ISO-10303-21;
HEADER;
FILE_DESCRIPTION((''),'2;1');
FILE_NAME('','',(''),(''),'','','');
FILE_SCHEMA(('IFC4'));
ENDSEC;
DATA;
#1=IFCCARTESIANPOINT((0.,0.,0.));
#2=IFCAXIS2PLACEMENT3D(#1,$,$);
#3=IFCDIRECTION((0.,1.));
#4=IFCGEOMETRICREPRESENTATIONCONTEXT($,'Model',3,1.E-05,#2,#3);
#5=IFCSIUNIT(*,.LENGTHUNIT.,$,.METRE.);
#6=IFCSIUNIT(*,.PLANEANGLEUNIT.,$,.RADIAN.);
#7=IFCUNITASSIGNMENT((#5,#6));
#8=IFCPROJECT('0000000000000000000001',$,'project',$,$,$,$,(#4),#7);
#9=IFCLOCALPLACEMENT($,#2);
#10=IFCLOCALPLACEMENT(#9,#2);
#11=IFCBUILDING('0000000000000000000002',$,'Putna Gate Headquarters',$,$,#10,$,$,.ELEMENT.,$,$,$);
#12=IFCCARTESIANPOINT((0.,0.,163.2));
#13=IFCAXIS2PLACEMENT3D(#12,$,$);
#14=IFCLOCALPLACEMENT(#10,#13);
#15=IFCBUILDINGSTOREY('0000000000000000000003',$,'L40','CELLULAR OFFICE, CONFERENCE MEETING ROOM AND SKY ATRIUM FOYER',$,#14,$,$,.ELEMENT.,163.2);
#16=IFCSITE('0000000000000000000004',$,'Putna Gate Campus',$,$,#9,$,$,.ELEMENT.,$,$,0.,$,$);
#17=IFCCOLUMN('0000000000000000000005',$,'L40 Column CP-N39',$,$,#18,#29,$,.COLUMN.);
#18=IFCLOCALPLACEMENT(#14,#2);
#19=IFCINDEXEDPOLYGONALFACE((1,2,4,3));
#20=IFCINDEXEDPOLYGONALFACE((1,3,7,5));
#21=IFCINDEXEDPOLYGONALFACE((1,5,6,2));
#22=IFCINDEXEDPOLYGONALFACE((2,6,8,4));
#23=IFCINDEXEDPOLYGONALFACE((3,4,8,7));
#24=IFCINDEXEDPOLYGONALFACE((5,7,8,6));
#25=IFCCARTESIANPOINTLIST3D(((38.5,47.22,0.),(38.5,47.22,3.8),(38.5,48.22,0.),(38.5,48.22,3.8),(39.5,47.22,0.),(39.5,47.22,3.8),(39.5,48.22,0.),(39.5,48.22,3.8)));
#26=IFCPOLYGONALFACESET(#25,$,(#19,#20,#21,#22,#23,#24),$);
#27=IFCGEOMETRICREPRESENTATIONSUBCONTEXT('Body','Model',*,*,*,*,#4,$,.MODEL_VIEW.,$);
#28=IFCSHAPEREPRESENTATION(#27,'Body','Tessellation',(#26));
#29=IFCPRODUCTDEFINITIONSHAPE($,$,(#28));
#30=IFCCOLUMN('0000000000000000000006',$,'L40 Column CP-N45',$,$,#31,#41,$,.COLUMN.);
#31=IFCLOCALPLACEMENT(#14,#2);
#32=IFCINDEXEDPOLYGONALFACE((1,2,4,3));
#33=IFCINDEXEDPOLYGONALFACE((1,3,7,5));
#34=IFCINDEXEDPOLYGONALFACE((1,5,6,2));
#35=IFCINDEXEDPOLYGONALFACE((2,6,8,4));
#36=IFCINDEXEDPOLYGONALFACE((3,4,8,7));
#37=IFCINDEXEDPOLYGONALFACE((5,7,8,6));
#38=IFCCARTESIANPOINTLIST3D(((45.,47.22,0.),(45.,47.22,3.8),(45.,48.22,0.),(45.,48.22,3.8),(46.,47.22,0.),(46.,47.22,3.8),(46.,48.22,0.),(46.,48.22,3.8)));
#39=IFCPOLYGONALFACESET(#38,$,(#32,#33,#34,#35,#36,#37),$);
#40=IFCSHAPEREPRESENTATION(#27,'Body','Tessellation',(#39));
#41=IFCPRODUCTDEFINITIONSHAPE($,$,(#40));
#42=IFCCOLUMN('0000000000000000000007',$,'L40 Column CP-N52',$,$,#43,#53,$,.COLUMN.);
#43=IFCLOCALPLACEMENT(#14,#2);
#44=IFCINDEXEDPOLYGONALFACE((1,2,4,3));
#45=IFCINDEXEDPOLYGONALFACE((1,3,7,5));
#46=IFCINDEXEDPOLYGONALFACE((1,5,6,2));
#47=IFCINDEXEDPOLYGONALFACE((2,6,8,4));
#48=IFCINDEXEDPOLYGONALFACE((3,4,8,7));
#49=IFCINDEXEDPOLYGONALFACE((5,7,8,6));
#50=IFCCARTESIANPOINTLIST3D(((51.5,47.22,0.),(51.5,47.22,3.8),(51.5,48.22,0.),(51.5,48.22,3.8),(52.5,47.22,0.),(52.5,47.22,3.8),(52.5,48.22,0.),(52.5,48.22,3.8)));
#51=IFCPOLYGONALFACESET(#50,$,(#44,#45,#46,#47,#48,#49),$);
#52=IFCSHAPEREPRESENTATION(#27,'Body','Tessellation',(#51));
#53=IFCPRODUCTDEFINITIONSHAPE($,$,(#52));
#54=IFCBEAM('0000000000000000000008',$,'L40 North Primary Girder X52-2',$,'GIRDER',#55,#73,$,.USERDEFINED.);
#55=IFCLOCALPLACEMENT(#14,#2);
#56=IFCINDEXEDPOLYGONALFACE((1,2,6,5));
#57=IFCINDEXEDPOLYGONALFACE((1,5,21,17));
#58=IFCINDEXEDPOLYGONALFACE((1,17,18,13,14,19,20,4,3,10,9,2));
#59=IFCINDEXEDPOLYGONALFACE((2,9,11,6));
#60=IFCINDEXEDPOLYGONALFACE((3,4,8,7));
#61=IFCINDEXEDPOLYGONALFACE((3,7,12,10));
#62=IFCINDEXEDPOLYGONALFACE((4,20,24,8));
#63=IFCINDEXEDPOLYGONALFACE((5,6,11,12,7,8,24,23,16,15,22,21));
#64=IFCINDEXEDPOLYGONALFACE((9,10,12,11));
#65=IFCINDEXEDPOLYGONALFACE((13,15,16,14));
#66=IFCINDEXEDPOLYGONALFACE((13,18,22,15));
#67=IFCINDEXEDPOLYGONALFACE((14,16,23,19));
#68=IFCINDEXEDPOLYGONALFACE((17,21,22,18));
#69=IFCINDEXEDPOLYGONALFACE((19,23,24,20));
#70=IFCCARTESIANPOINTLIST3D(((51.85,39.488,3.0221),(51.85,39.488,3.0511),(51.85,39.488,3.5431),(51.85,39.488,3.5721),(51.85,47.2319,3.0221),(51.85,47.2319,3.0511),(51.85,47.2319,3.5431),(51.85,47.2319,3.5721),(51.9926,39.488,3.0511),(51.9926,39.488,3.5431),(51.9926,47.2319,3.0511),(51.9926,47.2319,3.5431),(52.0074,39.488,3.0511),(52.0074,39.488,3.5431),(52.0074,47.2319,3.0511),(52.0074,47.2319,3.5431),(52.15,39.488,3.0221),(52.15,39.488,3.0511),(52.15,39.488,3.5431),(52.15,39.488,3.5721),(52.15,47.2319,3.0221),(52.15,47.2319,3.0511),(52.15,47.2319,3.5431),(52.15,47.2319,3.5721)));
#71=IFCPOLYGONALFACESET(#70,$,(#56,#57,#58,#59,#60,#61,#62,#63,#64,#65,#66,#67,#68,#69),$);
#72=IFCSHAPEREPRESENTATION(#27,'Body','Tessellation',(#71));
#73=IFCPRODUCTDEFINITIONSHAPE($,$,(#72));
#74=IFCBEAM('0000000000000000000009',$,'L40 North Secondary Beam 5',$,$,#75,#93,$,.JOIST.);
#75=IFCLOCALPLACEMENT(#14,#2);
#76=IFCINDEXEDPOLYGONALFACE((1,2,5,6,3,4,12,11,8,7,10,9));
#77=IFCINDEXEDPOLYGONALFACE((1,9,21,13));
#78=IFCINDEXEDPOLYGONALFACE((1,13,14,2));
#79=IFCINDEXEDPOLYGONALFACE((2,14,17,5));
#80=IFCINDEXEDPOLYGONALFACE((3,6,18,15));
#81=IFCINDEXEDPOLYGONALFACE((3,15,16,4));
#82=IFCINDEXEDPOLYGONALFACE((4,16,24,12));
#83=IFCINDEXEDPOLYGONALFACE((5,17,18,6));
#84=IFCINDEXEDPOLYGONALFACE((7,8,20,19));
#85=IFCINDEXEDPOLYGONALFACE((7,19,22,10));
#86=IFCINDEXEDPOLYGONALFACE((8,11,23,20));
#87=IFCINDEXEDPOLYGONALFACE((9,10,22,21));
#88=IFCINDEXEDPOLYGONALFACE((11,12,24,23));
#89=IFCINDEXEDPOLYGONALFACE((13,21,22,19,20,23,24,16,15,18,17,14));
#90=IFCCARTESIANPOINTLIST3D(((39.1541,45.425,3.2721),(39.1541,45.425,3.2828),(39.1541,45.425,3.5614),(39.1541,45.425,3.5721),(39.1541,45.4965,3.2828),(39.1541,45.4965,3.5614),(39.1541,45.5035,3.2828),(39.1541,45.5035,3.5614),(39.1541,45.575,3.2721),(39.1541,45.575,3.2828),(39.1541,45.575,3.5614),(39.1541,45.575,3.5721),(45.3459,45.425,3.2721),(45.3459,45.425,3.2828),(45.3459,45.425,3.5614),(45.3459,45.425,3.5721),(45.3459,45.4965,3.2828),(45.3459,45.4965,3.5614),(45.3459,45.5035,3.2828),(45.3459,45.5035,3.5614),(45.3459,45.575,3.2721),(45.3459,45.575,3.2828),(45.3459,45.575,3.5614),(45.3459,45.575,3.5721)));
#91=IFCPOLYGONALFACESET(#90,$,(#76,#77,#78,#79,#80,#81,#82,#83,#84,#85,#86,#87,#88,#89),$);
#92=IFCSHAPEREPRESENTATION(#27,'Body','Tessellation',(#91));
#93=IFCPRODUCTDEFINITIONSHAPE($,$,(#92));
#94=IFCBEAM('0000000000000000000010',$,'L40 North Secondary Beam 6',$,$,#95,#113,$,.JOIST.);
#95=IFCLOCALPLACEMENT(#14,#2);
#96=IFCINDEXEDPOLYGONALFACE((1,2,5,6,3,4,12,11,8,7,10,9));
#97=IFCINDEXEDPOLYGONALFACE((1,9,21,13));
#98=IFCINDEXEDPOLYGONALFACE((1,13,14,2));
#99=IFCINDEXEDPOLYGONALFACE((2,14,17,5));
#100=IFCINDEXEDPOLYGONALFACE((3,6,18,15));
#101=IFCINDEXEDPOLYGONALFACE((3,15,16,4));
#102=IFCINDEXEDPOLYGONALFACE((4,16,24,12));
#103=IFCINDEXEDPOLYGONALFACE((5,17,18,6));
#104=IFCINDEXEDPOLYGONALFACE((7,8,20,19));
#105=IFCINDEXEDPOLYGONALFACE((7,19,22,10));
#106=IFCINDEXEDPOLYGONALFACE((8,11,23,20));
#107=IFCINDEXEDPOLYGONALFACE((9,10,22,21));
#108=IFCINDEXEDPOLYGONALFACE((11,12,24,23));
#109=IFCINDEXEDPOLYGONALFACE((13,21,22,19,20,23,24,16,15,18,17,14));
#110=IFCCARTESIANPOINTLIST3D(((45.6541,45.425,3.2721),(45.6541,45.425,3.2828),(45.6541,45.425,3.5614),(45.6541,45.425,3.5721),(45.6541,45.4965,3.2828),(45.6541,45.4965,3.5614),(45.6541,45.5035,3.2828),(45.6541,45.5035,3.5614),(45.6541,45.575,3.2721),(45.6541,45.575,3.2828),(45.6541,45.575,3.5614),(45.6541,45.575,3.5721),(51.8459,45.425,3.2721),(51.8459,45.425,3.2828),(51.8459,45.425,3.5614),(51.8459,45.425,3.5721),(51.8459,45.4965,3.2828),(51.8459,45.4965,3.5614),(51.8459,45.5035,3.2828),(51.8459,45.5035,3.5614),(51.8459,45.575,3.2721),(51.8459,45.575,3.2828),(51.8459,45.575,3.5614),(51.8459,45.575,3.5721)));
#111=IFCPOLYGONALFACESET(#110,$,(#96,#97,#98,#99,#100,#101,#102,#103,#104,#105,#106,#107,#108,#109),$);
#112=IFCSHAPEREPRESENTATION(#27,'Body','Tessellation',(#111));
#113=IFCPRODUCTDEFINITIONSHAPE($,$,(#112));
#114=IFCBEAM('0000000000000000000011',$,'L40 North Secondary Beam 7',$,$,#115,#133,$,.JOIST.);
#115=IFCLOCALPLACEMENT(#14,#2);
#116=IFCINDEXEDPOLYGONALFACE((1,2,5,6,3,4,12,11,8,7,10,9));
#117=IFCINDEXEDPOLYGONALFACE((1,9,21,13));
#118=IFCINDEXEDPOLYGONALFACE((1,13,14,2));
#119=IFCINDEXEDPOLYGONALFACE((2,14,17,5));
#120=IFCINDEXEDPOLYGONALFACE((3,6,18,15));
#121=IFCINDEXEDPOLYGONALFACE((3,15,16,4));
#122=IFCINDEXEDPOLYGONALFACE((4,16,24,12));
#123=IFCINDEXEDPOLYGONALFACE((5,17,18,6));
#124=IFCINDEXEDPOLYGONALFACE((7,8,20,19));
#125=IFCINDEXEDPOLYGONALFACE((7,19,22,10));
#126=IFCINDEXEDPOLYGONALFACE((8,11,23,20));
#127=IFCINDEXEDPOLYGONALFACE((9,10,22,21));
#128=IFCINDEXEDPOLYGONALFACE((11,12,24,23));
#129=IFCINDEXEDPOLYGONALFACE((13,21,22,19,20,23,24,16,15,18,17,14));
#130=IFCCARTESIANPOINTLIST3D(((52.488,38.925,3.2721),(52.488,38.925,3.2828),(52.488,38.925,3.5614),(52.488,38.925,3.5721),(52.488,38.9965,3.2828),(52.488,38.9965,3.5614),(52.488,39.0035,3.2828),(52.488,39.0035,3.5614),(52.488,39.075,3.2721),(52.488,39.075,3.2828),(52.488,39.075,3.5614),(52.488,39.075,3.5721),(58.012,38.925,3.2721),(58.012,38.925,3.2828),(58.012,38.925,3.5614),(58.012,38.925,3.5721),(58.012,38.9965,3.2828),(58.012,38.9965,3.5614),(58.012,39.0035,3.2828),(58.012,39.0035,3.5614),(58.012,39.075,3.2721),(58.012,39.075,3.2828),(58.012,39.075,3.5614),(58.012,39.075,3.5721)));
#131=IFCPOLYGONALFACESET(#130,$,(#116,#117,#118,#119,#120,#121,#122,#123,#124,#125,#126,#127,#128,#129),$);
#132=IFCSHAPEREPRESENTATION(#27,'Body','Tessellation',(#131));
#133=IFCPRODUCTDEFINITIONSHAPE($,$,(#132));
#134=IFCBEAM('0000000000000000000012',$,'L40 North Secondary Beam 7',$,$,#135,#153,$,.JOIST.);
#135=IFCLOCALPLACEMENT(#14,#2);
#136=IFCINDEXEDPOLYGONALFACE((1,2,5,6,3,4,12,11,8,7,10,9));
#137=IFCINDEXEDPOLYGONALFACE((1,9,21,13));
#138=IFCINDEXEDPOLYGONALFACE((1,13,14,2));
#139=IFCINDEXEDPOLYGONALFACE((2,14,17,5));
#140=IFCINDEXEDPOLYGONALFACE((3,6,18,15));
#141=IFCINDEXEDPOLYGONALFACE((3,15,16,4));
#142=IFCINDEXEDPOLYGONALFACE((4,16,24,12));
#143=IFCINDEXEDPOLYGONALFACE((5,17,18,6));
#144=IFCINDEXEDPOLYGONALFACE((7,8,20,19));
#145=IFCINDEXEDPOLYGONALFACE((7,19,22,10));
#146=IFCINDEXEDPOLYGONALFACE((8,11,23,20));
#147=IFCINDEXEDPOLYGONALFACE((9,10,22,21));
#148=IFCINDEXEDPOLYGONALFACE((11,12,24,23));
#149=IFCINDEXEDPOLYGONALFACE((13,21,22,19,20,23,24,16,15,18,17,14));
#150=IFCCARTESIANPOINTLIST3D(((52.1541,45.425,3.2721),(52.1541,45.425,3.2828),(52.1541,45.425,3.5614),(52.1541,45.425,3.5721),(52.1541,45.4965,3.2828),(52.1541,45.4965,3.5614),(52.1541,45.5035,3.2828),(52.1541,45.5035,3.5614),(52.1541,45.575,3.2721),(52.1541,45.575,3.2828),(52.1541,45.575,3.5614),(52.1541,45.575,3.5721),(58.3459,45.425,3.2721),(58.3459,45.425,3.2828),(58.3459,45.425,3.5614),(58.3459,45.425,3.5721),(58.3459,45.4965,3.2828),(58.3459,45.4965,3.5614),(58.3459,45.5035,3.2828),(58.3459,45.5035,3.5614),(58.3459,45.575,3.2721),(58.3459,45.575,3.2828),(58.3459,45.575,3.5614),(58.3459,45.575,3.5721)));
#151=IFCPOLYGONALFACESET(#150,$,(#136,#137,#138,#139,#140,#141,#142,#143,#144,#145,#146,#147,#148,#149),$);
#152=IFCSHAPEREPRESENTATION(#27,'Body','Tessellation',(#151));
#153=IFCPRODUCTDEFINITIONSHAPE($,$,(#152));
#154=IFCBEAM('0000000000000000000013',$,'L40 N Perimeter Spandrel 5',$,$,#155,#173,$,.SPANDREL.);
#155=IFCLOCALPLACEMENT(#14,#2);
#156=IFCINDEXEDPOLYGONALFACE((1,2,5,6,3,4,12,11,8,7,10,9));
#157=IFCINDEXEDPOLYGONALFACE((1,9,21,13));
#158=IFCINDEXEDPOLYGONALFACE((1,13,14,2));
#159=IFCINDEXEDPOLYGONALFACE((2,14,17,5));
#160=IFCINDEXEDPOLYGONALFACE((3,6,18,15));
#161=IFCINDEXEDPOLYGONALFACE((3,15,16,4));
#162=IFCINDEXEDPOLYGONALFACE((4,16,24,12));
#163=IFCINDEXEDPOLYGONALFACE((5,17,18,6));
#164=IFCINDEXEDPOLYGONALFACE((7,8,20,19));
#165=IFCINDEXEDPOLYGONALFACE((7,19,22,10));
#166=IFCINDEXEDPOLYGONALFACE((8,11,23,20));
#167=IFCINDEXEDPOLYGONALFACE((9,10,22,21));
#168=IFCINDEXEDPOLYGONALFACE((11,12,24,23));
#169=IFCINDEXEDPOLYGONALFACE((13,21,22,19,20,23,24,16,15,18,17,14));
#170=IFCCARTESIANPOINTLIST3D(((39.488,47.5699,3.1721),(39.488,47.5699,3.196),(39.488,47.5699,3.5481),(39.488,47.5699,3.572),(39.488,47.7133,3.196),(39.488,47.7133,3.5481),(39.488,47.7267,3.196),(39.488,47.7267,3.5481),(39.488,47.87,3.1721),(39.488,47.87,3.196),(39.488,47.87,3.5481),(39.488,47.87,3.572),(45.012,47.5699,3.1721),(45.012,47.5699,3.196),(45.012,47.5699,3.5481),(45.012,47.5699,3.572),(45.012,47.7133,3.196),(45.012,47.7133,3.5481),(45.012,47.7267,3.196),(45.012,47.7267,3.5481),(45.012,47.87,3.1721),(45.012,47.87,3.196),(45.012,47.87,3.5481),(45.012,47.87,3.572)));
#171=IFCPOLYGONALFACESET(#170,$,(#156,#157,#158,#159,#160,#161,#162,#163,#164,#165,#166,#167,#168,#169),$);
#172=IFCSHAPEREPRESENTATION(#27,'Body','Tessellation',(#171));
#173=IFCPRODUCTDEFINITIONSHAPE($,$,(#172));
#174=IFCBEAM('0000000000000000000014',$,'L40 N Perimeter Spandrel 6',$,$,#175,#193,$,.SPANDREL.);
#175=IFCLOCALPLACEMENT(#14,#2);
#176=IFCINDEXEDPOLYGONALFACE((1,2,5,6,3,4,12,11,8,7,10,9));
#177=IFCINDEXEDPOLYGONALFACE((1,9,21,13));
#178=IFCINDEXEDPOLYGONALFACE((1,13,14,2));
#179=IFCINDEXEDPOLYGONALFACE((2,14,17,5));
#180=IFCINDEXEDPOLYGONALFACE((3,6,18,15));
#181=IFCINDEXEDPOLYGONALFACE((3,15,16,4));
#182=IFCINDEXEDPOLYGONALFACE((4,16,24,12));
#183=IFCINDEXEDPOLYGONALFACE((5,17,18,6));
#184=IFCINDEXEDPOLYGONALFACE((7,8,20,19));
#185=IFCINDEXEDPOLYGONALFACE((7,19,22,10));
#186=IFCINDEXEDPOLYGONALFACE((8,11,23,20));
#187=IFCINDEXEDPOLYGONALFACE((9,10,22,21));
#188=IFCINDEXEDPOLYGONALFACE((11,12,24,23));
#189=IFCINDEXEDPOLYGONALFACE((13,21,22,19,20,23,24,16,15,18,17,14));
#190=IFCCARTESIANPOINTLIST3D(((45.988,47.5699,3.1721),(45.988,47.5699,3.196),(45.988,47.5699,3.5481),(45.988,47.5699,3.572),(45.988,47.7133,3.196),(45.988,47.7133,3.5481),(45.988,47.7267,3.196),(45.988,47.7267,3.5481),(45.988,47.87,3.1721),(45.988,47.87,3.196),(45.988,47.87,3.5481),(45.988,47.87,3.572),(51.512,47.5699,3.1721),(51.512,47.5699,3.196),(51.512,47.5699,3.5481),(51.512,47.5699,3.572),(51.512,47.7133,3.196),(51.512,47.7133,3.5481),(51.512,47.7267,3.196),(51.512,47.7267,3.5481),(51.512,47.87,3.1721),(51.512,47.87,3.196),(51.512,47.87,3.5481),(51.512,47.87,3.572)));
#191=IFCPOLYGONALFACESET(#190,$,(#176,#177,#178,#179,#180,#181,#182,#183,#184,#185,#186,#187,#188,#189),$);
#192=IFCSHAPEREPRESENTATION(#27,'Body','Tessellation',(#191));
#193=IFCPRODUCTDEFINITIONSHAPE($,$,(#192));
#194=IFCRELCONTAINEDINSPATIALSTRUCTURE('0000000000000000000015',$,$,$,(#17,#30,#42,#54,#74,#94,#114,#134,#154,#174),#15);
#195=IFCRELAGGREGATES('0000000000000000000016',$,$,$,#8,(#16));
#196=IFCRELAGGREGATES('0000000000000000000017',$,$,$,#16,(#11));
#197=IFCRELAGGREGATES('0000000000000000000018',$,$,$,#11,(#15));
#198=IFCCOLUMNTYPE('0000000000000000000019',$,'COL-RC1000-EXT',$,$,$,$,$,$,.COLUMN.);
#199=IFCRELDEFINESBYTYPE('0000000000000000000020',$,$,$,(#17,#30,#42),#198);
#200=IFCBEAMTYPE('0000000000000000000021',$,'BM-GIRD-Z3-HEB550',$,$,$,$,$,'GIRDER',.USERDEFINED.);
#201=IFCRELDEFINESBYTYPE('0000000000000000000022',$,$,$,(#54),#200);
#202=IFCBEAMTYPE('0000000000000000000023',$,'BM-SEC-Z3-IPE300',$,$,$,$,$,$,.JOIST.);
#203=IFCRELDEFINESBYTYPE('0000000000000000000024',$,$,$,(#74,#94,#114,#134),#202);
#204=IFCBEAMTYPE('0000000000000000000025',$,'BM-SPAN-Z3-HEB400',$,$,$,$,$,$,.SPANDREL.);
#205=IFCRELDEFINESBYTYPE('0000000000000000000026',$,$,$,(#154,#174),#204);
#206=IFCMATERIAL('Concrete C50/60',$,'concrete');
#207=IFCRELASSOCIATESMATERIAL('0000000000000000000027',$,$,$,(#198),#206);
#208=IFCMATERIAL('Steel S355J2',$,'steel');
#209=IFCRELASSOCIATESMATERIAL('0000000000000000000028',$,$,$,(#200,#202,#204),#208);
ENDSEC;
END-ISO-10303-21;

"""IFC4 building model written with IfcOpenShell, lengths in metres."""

from ifc_helpers import new_model, si_unit, direction, frame, origin, origin_2d, place, context, subcontext, project, spatial, rectangle, i_section, extrude, material, material_profile, profile_set, type_object, element, save


model = new_model("IFC4")

# Units and contexts
model_context = context("Model", 3, precision=1e-05, world=origin(), true_north=direction((0.0, 1.0)))
body_context = subcontext(model_context, "Body", "Model", "MODEL_VIEW")
ifc_project = project(units=[si_unit("LENGTHUNIT", "METRE"), si_unit("PLANEANGLEUNIT", "RADIAN")], contexts=[model_context])

# Site, building, storey
site_placement = place(None, origin())
site = spatial("IfcSite", under=ifc_project, at=site_placement, Name="Putna Gate Campus", CompositionType="ELEMENT", RefElevation=0.0)
building_placement = place(site_placement, origin())
building = spatial("IfcBuilding", under=site, at=building_placement, Name="Putna Gate Headquarters", CompositionType="ELEMENT")
storey_placement = place(building_placement, frame((0.0, 0.0, 163.2)))
storey = spatial("IfcBuildingStorey", under=building, at=storey_placement, Name="L40", Description="CELLULAR OFFICE, CONFERENCE MEETING ROOM AND SKY ATRIUM FOYER", CompositionType="ELEMENT", Elevation=163.2)

# Columns
ifc_material_1 = material(Name="Concrete C50/60", Category="concrete")
ifc_material_profile_1 = material_profile(ifc_material_1, rectangle(XDim=1.0, YDim=1.0, at=origin_2d()), Name="Concrete C50/60")
ifc_profile_set_1 = profile_set([ifc_material_profile_1], Name="Concrete C50/60")
column_type = type_object("IfcColumnType", Name="COL-RC1000-EXT", PredefinedType="COLUMN", material=ifc_profile_set_1)
for number, where, z_axis, x_axis, name in (
    (1, (39.0, 47.72, 0.0), (0.0, 0.0, 1.0), (1.0, 0.0, 0.0), "L40 Column CP-N39"),
    (2, (45.5, 47.72, 0.0), (0.0, 0.0, 1.0), (1.0, 0.0, 0.0), "L40 Column CP-N45"),
    (3, (52.0, 47.72, 0.0), (0.0, 0.0, 1.0), (1.0, 0.0, 0.0), "L40 Column CP-N52"),
):
    element("IfcColumn", number, at=place(storey_placement, frame(where, z_axis=z_axis, x_axis=x_axis)), inside=storey, type_object=column_type, Name=name, PredefinedType="COLUMN", context=body_context, shape_type="SweptSolid", body=[
        extrude(rectangle(XDim=1.0, YDim=1.0, at=origin_2d()), origin(), (0.0, 0.0, 1.0), 3.8),
    ])

# Beams
ifc_material_2 = material(Name="Steel S355J2", Category="steel")
ifc_material_profile_2 = material_profile(ifc_material_2, i_section(OverallWidth=0.3, OverallDepth=0.55, WebThickness=0.0149, FlangeThickness=0.0291, at=origin_2d()), Name="Steel S355J2")
ifc_profile_set_2 = profile_set([ifc_material_profile_2], Name="Steel S355J2")
beam_type_1 = type_object("IfcBeamType", Name="BM-GIRD-Z3-HEB550", ElementType="GIRDER", PredefinedType="USERDEFINED", material=ifc_profile_set_2)
beam_1_placement = place(storey_placement, frame((52.0, 39.488, 3.2971), z_axis=(0.0, 1.0, 0.0), x_axis=(-1.0, 0.0, 0.0)))
element("IfcBeam", 4, at=beam_1_placement, inside=storey, type_object=beam_type_1, Name="L40 North Primary Girder X52-2", ObjectType="GIRDER", PredefinedType="USERDEFINED", context=body_context, shape_type="SweptSolid", body=[
    extrude(i_section(OverallWidth=0.3, OverallDepth=0.55, WebThickness=0.0149, FlangeThickness=0.0291, at=origin_2d()), origin(), (0.0, 0.0, 1.0), 7.7439),
])
ifc_material_profile_3 = material_profile(ifc_material_2, i_section(OverallWidth=0.1499, OverallDepth=0.3, WebThickness=0.0071, FlangeThickness=0.0107, at=origin_2d()), Name="Steel S355J2")
ifc_profile_set_3 = profile_set([ifc_material_profile_3], Name="Steel S355J2")
beam_type_2 = type_object("IfcBeamType", Name="BM-SEC-Z3-IPE300", PredefinedType="JOIST", material=ifc_profile_set_3)
for number, where, z_axis, x_axis, name in (
    (5, (39.1541, 45.5, 3.4221), (1.0, 0.0, 0.0), (0.0, 1.0, 0.0), "L40 North Secondary Beam 5"),
    (6, (45.6541, 45.5, 3.4221), (1.0, 0.0, 0.0), (0.0, 1.0, 0.0), "L40 North Secondary Beam 6"),
):
    element("IfcBeam", number, at=place(storey_placement, frame(where, z_axis=z_axis, x_axis=x_axis)), inside=storey, type_object=beam_type_2, Name=name, PredefinedType="JOIST", context=body_context, shape_type="SweptSolid", body=[
        extrude(i_section(OverallWidth=0.1499, OverallDepth=0.3, WebThickness=0.0071, FlangeThickness=0.0107, at=origin_2d()), origin(), (0.0, 0.0, 1.0), 6.1919),
    ])
beam_2_placement = place(storey_placement, frame((52.488, 39.0, 3.4221), z_axis=(1.0, 0.0, 0.0), x_axis=(0.0, 1.0, 0.0)))
element("IfcBeam", 7, at=beam_2_placement, inside=storey, type_object=beam_type_2, Name="L40 North Secondary Beam 7", PredefinedType="JOIST", context=body_context, shape_type="SweptSolid", body=[
    extrude(i_section(OverallWidth=0.1499, OverallDepth=0.3, WebThickness=0.0071, FlangeThickness=0.0107, at=origin_2d()), origin(), (0.0, 0.0, 1.0), 5.5239),
])
beam_3_placement = place(storey_placement, frame((52.1541, 45.5, 3.4221), z_axis=(1.0, 0.0, 0.0), x_axis=(0.0, 1.0, 0.0)))
element("IfcBeam", 8, at=beam_3_placement, inside=storey, type_object=beam_type_2, Name="L40 North Secondary Beam 7", PredefinedType="JOIST", context=body_context, shape_type="SweptSolid", body=[
    extrude(i_section(OverallWidth=0.1499, OverallDepth=0.3, WebThickness=0.0071, FlangeThickness=0.0107, at=origin_2d()), origin(), (0.0, 0.0, 1.0), 6.1919),
])
ifc_material_profile_4 = material_profile(ifc_material_2, i_section(OverallWidth=0.3, OverallDepth=0.3999, WebThickness=0.0134, FlangeThickness=0.0239, at=origin_2d()), Name="Steel S355J2")
ifc_profile_set_4 = profile_set([ifc_material_profile_4], Name="Steel S355J2")
beam_type_3 = type_object("IfcBeamType", Name="BM-SPAN-Z3-HEB400", PredefinedType="SPANDREL", material=ifc_profile_set_4)
for number, where, z_axis, x_axis, name in (
    (9, (39.488, 47.72, 3.3721), (1.0, 0.0, 0.0), (0.0, 1.0, 0.0), "L40 N Perimeter Spandrel 5"),
    (10, (45.988, 47.72, 3.3721), (1.0, 0.0, 0.0), (0.0, 1.0, 0.0), "L40 N Perimeter Spandrel 6"),
):
    element("IfcBeam", number, at=place(storey_placement, frame(where, z_axis=z_axis, x_axis=x_axis)), inside=storey, type_object=beam_type_3, Name=name, PredefinedType="SPANDREL", context=body_context, shape_type="SweptSolid", body=[
        extrude(i_section(OverallWidth=0.3, OverallDepth=0.3999, WebThickness=0.0134, FlangeThickness=0.0239, at=origin_2d()), origin(), (0.0, 0.0, 1.0), 5.5239),
    ])

save(model, "model.ifc")
